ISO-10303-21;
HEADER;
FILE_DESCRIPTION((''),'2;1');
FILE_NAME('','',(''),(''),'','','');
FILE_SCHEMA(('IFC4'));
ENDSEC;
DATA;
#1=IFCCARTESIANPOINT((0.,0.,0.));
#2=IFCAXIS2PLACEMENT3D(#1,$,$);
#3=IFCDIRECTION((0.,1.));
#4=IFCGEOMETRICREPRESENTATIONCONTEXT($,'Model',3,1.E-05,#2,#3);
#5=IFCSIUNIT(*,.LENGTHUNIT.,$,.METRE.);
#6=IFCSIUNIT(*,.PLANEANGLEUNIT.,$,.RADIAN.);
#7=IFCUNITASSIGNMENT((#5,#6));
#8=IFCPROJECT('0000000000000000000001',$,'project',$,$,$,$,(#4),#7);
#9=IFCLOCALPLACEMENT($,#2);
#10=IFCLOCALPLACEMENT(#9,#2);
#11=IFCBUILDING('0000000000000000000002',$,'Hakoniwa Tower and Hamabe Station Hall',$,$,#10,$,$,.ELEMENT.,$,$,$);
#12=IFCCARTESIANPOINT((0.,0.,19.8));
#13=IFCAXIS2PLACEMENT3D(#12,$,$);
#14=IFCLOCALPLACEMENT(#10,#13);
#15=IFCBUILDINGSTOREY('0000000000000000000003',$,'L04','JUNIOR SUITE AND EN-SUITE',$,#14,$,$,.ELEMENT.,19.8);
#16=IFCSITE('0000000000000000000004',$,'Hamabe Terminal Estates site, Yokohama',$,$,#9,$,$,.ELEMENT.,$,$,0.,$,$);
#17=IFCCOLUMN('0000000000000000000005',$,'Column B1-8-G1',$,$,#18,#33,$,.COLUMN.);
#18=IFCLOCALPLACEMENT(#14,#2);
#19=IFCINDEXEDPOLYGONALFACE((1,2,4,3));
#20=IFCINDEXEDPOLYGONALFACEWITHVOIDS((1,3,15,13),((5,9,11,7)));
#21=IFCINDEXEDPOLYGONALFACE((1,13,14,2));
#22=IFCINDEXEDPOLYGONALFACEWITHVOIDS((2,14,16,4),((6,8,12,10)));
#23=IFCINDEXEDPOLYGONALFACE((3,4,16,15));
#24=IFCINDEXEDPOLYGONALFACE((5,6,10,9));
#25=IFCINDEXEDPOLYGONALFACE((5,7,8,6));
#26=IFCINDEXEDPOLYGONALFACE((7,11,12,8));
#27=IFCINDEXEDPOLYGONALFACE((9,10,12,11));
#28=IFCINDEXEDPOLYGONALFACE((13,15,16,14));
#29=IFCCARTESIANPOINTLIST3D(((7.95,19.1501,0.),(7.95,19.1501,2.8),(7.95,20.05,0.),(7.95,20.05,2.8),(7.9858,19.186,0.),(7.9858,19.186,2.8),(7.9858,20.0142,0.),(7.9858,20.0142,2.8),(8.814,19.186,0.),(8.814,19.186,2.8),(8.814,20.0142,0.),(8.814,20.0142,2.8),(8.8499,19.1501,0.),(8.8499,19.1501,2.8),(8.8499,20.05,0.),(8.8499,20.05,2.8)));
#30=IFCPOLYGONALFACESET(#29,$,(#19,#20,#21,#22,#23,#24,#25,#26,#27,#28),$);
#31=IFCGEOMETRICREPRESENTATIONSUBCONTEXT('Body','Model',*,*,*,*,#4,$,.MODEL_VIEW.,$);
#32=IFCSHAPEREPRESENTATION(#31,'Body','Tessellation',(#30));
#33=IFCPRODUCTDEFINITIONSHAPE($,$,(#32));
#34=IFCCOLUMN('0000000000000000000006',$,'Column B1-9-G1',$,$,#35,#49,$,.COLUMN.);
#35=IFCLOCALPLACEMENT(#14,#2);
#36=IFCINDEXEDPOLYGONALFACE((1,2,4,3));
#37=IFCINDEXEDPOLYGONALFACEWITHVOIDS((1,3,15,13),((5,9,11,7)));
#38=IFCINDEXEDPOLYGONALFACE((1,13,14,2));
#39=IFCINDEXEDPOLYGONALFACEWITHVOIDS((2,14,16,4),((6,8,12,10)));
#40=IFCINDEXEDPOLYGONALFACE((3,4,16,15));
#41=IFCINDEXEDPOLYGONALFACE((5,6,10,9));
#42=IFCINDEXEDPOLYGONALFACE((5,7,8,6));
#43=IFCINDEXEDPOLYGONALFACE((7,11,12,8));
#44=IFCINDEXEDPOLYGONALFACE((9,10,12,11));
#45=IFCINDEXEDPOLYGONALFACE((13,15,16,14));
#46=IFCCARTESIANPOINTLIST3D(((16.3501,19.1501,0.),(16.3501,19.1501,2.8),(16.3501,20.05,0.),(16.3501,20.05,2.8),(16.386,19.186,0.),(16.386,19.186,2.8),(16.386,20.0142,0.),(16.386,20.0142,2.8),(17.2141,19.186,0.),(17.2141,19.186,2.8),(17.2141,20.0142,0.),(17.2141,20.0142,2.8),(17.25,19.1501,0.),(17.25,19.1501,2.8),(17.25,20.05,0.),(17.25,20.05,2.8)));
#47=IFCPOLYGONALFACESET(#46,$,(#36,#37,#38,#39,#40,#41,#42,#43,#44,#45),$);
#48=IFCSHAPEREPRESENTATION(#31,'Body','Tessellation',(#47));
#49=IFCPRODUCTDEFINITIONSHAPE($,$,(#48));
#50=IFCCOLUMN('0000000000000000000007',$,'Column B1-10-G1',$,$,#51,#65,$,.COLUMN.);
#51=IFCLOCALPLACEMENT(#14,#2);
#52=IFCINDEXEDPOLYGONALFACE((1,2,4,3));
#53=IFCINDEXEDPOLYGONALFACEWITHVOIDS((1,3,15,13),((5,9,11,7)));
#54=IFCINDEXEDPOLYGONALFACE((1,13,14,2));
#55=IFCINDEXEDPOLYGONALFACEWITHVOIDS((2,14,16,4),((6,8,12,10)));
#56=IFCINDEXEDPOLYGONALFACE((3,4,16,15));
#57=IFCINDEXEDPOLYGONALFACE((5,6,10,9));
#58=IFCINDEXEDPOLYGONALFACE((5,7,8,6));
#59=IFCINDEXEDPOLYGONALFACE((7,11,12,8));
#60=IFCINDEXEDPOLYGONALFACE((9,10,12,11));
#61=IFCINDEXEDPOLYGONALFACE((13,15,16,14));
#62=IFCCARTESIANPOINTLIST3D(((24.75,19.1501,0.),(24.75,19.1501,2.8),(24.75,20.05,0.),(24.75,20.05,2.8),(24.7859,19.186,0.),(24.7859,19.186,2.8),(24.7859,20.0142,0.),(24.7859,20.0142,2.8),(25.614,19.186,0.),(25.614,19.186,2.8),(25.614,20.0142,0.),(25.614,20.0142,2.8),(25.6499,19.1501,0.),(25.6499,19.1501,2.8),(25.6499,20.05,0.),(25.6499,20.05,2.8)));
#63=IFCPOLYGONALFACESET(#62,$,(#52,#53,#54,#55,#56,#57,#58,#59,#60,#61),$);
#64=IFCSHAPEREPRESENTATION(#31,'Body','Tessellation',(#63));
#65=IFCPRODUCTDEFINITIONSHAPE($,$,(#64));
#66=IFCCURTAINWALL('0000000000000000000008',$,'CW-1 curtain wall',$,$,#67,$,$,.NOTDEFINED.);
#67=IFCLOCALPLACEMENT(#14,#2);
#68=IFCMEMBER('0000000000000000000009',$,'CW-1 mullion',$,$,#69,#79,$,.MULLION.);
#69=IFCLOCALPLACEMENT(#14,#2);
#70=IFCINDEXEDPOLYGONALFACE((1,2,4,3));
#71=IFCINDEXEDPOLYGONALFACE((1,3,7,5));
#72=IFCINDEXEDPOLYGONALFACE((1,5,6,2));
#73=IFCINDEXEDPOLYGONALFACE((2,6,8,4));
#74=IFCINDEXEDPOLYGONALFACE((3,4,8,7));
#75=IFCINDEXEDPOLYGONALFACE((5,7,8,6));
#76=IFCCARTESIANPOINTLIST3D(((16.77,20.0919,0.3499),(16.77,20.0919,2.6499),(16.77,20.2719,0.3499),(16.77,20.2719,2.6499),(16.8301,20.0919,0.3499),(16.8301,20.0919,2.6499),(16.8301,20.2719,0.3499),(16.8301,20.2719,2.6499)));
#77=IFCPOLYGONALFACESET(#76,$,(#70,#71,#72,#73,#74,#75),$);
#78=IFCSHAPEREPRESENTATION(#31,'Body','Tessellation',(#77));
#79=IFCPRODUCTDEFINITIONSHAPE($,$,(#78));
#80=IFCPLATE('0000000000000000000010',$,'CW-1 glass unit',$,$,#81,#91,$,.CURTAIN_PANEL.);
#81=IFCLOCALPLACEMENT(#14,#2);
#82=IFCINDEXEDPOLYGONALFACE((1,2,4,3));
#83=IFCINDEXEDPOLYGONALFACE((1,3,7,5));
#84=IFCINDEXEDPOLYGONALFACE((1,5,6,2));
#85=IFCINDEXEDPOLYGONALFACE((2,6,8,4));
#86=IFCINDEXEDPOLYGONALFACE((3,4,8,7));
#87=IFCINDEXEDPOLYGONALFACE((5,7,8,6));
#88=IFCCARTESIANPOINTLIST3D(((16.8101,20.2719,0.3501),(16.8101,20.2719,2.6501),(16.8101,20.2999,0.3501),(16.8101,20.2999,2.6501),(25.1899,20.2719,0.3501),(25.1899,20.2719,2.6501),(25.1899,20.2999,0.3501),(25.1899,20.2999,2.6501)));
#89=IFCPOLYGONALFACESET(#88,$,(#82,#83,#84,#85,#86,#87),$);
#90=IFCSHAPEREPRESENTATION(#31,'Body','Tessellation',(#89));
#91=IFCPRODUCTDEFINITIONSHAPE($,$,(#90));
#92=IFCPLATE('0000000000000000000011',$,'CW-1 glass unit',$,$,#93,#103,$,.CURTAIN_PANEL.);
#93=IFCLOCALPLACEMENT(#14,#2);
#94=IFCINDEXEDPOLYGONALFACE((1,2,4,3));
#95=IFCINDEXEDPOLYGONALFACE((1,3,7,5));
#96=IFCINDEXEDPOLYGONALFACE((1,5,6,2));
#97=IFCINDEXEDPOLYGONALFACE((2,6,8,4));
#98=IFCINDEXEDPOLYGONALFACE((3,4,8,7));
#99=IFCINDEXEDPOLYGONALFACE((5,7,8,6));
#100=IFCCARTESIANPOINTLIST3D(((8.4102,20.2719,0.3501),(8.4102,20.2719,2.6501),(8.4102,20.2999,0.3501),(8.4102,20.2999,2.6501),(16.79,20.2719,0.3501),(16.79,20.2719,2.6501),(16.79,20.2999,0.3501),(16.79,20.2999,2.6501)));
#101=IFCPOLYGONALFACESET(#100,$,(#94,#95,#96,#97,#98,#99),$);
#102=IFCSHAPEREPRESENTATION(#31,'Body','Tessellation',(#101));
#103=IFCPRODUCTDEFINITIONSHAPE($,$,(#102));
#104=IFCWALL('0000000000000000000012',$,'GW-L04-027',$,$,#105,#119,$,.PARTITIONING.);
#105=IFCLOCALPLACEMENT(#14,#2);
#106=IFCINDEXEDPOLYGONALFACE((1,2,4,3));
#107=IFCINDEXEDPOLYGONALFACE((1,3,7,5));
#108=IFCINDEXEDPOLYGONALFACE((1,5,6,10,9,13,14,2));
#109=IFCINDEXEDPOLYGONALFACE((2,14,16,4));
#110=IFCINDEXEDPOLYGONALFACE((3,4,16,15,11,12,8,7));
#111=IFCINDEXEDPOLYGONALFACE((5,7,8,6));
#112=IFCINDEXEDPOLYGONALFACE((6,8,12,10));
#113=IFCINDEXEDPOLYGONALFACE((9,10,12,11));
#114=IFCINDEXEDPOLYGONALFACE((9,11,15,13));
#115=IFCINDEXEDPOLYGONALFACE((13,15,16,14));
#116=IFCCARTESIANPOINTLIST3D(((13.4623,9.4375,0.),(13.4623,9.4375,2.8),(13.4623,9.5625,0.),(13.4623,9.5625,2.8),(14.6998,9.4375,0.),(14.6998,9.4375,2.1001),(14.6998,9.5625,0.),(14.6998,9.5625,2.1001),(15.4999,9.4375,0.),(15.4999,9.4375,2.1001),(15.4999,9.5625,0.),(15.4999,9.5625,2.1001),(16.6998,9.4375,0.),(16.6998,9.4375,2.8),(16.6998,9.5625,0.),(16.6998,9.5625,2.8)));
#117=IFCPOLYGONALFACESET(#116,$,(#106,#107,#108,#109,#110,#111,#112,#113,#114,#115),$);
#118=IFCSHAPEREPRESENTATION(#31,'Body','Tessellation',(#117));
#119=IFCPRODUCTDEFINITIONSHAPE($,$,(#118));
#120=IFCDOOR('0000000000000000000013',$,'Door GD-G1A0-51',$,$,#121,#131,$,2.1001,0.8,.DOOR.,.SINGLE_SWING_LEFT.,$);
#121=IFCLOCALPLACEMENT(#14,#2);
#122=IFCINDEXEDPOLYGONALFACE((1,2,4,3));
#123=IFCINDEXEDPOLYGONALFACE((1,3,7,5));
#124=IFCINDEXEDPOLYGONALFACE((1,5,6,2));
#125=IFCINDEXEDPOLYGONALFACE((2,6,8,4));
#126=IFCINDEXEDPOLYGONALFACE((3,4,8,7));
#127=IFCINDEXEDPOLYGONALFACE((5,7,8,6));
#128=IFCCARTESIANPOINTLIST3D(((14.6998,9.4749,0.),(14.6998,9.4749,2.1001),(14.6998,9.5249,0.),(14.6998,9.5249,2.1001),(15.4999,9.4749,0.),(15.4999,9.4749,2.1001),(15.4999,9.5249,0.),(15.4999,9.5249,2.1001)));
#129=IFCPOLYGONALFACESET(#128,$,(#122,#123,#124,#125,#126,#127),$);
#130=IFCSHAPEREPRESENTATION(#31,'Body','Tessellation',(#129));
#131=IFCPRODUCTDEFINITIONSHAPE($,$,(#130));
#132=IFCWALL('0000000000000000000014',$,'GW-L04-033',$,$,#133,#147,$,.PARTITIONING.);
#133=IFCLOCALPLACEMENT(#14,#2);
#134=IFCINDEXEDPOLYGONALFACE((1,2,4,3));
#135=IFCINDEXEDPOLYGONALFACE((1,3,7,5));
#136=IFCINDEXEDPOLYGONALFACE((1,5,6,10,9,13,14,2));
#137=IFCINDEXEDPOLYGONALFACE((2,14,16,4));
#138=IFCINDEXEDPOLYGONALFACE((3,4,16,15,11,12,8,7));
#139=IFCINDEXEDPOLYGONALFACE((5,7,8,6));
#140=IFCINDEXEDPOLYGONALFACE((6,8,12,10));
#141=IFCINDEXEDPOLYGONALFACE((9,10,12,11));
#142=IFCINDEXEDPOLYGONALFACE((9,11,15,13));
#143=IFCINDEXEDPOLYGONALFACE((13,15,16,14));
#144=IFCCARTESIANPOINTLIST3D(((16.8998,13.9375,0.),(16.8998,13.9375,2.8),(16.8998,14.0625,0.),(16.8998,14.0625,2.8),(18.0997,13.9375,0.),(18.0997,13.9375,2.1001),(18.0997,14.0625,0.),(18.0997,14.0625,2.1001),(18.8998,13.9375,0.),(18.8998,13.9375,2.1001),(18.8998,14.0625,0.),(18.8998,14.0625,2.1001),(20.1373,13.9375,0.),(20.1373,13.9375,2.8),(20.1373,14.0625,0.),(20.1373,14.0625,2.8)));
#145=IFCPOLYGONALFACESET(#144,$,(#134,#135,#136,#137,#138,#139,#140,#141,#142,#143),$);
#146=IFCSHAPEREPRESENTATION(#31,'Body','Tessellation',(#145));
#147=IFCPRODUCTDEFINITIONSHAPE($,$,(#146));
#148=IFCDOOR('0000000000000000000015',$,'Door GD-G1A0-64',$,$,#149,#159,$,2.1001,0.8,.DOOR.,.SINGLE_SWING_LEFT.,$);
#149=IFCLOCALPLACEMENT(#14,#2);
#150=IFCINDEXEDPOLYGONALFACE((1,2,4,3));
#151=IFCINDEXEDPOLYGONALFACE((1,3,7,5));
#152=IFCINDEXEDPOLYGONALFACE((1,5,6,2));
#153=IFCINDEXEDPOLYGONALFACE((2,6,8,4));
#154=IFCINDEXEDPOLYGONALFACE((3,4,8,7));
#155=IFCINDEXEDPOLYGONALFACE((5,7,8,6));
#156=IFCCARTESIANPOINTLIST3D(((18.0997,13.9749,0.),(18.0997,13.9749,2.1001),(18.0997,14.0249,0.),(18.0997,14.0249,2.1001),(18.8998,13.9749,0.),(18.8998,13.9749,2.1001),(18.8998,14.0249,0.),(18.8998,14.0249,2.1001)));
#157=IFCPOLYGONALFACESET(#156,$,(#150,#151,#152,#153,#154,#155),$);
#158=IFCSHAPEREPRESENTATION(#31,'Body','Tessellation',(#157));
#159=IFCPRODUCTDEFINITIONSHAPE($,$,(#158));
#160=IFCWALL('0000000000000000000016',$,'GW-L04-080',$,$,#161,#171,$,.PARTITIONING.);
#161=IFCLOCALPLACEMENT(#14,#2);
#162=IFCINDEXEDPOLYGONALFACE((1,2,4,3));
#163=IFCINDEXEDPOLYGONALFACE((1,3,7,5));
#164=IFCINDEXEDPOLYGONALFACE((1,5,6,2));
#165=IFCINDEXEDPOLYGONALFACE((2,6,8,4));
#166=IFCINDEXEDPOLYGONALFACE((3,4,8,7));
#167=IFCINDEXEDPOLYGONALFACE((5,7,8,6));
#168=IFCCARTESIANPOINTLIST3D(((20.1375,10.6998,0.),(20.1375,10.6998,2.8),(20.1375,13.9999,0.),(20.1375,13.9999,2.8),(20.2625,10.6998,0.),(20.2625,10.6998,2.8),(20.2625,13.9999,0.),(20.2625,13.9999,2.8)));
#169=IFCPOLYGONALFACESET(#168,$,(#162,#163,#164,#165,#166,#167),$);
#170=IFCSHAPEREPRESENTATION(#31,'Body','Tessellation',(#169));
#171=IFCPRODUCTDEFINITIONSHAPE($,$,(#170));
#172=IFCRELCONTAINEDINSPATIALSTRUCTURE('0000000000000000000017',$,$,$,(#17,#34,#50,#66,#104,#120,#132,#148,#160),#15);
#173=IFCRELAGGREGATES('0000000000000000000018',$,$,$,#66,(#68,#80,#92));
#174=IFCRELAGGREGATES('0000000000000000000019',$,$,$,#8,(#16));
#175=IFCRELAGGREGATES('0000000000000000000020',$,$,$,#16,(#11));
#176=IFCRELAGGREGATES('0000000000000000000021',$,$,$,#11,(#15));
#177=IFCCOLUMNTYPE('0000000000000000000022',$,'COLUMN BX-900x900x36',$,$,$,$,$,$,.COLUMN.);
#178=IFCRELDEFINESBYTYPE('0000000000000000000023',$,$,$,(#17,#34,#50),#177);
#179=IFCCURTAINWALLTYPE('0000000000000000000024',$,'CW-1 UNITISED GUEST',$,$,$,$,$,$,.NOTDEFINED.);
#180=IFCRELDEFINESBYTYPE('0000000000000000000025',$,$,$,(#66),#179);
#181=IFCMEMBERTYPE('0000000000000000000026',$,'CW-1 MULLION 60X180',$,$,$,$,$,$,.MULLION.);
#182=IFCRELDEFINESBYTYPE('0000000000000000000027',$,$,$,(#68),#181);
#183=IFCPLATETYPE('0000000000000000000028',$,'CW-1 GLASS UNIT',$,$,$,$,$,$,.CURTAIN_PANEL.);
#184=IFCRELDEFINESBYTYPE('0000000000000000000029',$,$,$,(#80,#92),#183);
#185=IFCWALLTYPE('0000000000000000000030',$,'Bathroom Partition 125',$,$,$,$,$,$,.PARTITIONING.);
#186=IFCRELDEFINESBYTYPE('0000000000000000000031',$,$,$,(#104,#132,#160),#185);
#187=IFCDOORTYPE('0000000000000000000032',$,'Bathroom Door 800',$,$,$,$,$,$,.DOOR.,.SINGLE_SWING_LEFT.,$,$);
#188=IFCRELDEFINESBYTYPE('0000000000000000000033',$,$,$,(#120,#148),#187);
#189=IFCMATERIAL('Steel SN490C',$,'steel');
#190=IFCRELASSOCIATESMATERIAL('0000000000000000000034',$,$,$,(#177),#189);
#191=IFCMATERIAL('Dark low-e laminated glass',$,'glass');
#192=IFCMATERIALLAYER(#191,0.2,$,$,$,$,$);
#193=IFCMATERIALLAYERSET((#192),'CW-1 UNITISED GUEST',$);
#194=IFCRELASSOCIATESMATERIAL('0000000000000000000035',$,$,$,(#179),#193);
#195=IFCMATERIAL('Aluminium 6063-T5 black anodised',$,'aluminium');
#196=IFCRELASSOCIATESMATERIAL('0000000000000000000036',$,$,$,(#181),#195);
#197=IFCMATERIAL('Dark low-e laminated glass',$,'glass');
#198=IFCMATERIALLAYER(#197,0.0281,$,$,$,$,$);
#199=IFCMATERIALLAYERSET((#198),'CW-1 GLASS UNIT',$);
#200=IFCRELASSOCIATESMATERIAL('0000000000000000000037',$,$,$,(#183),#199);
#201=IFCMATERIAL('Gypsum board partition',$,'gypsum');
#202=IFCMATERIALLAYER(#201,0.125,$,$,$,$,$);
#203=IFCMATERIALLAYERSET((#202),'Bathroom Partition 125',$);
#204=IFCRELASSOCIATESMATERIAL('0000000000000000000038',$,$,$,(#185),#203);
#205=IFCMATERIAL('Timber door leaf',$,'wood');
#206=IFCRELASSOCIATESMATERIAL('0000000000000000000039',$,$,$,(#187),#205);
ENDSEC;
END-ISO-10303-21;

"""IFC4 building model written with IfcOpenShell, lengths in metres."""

from ifc_helpers import new_model, si_unit, direction, frame, frame_2d, origin, origin_2d, place, context, subcontext, project, spatial, rectangle, hollow_rectangle, extrude, material, layer, layer_set, material_profile, profile_set, type_object, element, fill, aggregate, save


model = new_model("IFC4")

# Units and contexts
model_context = context("Model", 3, precision=1e-05, world=origin(), true_north=direction((0.0, 1.0)))
body_context = subcontext(model_context, "Body", "Model", "MODEL_VIEW")
ifc_project = project(units=[si_unit("LENGTHUNIT", "METRE"), si_unit("PLANEANGLEUNIT", "RADIAN")], contexts=[model_context])

# Site, building, storey
site_placement = place(None, origin())
site = spatial("IfcSite", under=ifc_project, at=site_placement, Name="Hamabe Terminal Estates site, Yokohama", CompositionType="ELEMENT", RefElevation=0.0)
building_placement = place(site_placement, origin())
building = spatial("IfcBuilding", under=site, at=building_placement, Name="Hakoniwa Tower and Hamabe Station Hall", CompositionType="ELEMENT")
storey_placement = place(building_placement, frame((0.0, 0.0, 19.8)))
storey = spatial("IfcBuildingStorey", under=building, at=storey_placement, Name="L04", Description="JUNIOR SUITE AND EN-SUITE", CompositionType="ELEMENT", Elevation=19.8)

# Columns
ifc_material_1 = material(Name="Steel SN490C", Category="steel")
ifc_material_profile_1 = material_profile(ifc_material_1, hollow_rectangle(XDim=0.8999, YDim=0.8999, WallThickness=0.0359, at=origin_2d()), Name="BX-900x900x36")
ifc_profile_set_1 = profile_set([ifc_material_profile_1], Name="Steel SN490C")
column_type = type_object("IfcColumnType", Name="COLUMN BX-900x900x36", PredefinedType="COLUMN", material=ifc_profile_set_1)
for number, where, z_axis, x_axis, name in (
    (1, (8.3999, 19.6001, 0.0), (0.0, 0.0, 1.0), (1.0, 0.0, 0.0), "Column B1-8-G1"),
    (2, (16.8, 19.6001, 0.0), (0.0, 0.0, 1.0), (1.0, 0.0, 0.0), "Column B1-9-G1"),
    (3, (25.2, 19.6001, 0.0), (0.0, 0.0, 1.0), (1.0, 0.0, 0.0), "Column B1-10-G1"),
):
    element("IfcColumn", number, at=place(storey_placement, frame(where, z_axis=z_axis, x_axis=x_axis)), inside=storey, type_object=column_type, Name=name, PredefinedType="COLUMN", context=body_context, shape_type="SweptSolid", body=[
        extrude(hollow_rectangle(XDim=0.8999, YDim=0.8999, WallThickness=0.0359, at=origin_2d()), origin(), (0.0, 0.0, 1.0), 2.8),
    ])

# Curtain wall, member, plates
ifc_material_2 = material(Name="Dark low-e laminated glass", Category="glass")
ifc_layer_1 = layer(ifc_material_2, 0.2)
ifc_layer_set_1 = layer_set([ifc_layer_1], Name="CW-1 UNITISED GUEST")
curtain_wall_type = type_object("IfcCurtainWallType", Name="CW-1 UNITISED GUEST", PredefinedType="NOTDEFINED", material=ifc_layer_set_1)
curtain_wall_placement = place(storey_placement, origin())
curtain_wall = element("IfcCurtainWall", 4, at=curtain_wall_placement, inside=storey, type_object=curtain_wall_type, Name="CW-1 curtain wall", PredefinedType="NOTDEFINED")
ifc_material_3 = material(Name="Aluminium 6063-T5 black anodised", Category="aluminium")
ifc_material_profile_2 = material_profile(ifc_material_3, rectangle(XDim=0.0601, YDim=0.1799, at=origin_2d()), Name="CW-1 MULLION 60X180")
ifc_profile_set_2 = profile_set([ifc_material_profile_2], Name="Aluminium 6063-T5 black anodised")
member_type = type_object("IfcMemberType", Name="CW-1 MULLION 60X180", PredefinedType="MULLION", material=ifc_profile_set_2)
member_placement = place(storey_placement, frame((16.8, 20.1819, 0.3499), z_axis=(0.0, 0.0, 1.0), x_axis=(-1.0, 0.0, 0.0)))
member = element("IfcMember", 5, at=member_placement, type_object=member_type, Name="CW-1 mullion", PredefinedType="MULLION", context=body_context, shape_type="SweptSolid", body=[
    extrude(rectangle(XDim=0.0601, YDim=0.1799, at=origin_2d()), origin(), (0.0, 0.0, 1.0), 2.3),
])
ifc_material_4 = material(Name="Dark low-e laminated glass", Category="glass")
ifc_layer_2 = layer(ifc_material_4, 0.0281)
ifc_layer_set_2 = layer_set([ifc_layer_2], Name="CW-1 GLASS UNIT")
plate_type = type_object("IfcPlateType", Name="CW-1 GLASS UNIT", PredefinedType="CURTAIN_PANEL", material=ifc_layer_set_2)
plate_1_placement = place(storey_placement, frame((21.0, 20.2859, 0.3501), z_axis=(0.0, 0.0, 1.0), x_axis=(-1.0, 0.0, 0.0)))
plate_1 = element("IfcPlate", 6, at=plate_1_placement, type_object=plate_type, Name="CW-1 glass unit", PredefinedType="CURTAIN_PANEL", context=body_context, shape_type="SweptSolid", body=[
    extrude(rectangle(XDim=8.3799, YDim=0.0281, at=origin_2d()), origin(), (0.0, 0.0, 1.0), 2.3),
])
plate_2_placement = place(storey_placement, frame((12.6001, 20.2859, 0.3501), z_axis=(0.0, 0.0, 1.0), x_axis=(-1.0, 0.0, 0.0)))
plate_2 = element("IfcPlate", 7, at=plate_2_placement, type_object=plate_type, Name="CW-1 glass unit", PredefinedType="CURTAIN_PANEL", context=body_context, shape_type="SweptSolid", body=[
    extrude(rectangle(XDim=8.3799, YDim=0.0281, at=origin_2d()), origin(), (0.0, 0.0, 1.0), 2.3),
])
aggregate(curtain_wall, [member, plate_1, plate_2])

# Walls, openings, doors
ifc_material_5 = material(Name="Gypsum board partition", Category="gypsum")
ifc_layer_3 = layer(ifc_material_5, 0.125)
ifc_layer_set_3 = layer_set([ifc_layer_3], Name="Bathroom Partition 125")
wall_type_1 = type_object("IfcWallType", Name="Bathroom Partition 125", PredefinedType="PARTITIONING", material=ifc_layer_set_3)
wall_1_placement = place(storey_placement, frame((13.4624, 9.5, 0.0), z_axis=(0.0, 0.0, 1.0), x_axis=(1.0, 0.0, 0.0)))
wall_1 = element("IfcWall", 8, at=wall_1_placement, inside=storey, type_object=wall_type_1, Name="GW-L04-027", PredefinedType="PARTITIONING", context=body_context, shape_type="SweptSolid", body=[
    extrude(rectangle(XDim=3.2375, YDim=0.125, at=frame_2d((1.6187, 0.0))), origin(), (0.0, 0.0, 1.0), 2.8),
])
opening_1_placement = place(wall_1_placement, frame((1.2375, 0.0, 0.0)))
opening_1 = element("IfcOpeningElement", 9, at=opening_1_placement, cuts=wall_1, PredefinedType="OPENING", context=body_context, shape_type="SweptSolid", body=[
    extrude(rectangle(XDim=0.8, YDim=2.1001, at=frame_2d((0.3999, 1.05))), frame((0.0, 0.0725, 0.0), z_axis=(0.0, -1.0, 0.0), x_axis=(1.0, 0.0, 0.0)), (0.0, 0.0, 1.0), 0.145),
])
ifc_material_6 = material(Name="Timber door leaf", Category="wood")
door_type_1 = type_object("IfcDoorType", Name="Bathroom Door 800", OperationType="SINGLE_SWING_LEFT", PredefinedType="DOOR", material=ifc_material_6)
door_1_placement = place(opening_1_placement, origin())
door_1 = element("IfcDoor", 10, at=door_1_placement, inside=storey, type_object=door_type_1, Name="Door GD-G1A0-51", OperationType="SINGLE_SWING_LEFT", OverallHeight=2.1001, OverallWidth=0.8, PredefinedType="DOOR", context=body_context, shape_type="SweptSolid", body=[
    extrude(rectangle(XDim=0.8, YDim=2.1001, at=frame_2d((0.3999, 1.05))), frame((0.0, 0.0249, 0.0), z_axis=(0.0, -1.0, 0.0), x_axis=(1.0, 0.0, 0.0)), (0.0, 0.0, 1.0), 0.05),
])
fill(opening_1, door_1)
wall_2_placement = place(storey_placement, frame((16.8999, 14.0, 0.0), z_axis=(0.0, 0.0, 1.0), x_axis=(1.0, 0.0, 0.0)))
wall_2 = element("IfcWall", 11, at=wall_2_placement, inside=storey, type_object=wall_type_1, Name="GW-L04-033", PredefinedType="PARTITIONING", context=body_context, shape_type="SweptSolid", body=[
    extrude(rectangle(XDim=3.2375, YDim=0.125, at=frame_2d((1.6187, 0.0))), origin(), (0.0, 0.0, 1.0), 2.8),
])
opening_2_placement = place(wall_2_placement, frame((1.2, 0.0, 0.0)))
opening_2 = element("IfcOpeningElement", 12, at=opening_2_placement, cuts=wall_2, PredefinedType="OPENING", context=body_context, shape_type="SweptSolid", body=[
    extrude(rectangle(XDim=0.8, YDim=2.1001, at=frame_2d((0.3999, 1.05))), frame((0.0, 0.0725, 0.0), z_axis=(0.0, -1.0, 0.0), x_axis=(1.0, 0.0, 0.0)), (0.0, 0.0, 1.0), 0.145),
])
door_2_placement = place(opening_2_placement, origin())
door_2 = element("IfcDoor", 13, at=door_2_placement, inside=storey, type_object=door_type_1, Name="Door GD-G1A0-64", OperationType="SINGLE_SWING_LEFT", OverallHeight=2.1001, OverallWidth=0.8, PredefinedType="DOOR", context=body_context, shape_type="SweptSolid", body=[
    extrude(rectangle(XDim=0.8, YDim=2.1001, at=frame_2d((0.3999, 1.05))), frame((0.0, 0.0249, 0.0), z_axis=(0.0, -1.0, 0.0), x_axis=(1.0, 0.0, 0.0)), (0.0, 0.0, 1.0), 0.05),
])
fill(opening_2, door_2)

# Wall
wall_3_placement = place(storey_placement, frame((20.2, 10.7, 0.0), z_axis=(0.0, 0.0, 1.0), x_axis=(0.0, 1.0, 0.0)))
element("IfcWall", 14, at=wall_3_placement, inside=storey, type_object=wall_type_1, Name="GW-L04-080", PredefinedType="PARTITIONING", context=body_context, shape_type="SweptSolid", body=[
    extrude(rectangle(XDim=3.3, YDim=0.125, at=frame_2d((1.6499, 0.0))), origin(), (0.0, 0.0, 1.0), 2.8),
])

save(model, "model.ifc")
